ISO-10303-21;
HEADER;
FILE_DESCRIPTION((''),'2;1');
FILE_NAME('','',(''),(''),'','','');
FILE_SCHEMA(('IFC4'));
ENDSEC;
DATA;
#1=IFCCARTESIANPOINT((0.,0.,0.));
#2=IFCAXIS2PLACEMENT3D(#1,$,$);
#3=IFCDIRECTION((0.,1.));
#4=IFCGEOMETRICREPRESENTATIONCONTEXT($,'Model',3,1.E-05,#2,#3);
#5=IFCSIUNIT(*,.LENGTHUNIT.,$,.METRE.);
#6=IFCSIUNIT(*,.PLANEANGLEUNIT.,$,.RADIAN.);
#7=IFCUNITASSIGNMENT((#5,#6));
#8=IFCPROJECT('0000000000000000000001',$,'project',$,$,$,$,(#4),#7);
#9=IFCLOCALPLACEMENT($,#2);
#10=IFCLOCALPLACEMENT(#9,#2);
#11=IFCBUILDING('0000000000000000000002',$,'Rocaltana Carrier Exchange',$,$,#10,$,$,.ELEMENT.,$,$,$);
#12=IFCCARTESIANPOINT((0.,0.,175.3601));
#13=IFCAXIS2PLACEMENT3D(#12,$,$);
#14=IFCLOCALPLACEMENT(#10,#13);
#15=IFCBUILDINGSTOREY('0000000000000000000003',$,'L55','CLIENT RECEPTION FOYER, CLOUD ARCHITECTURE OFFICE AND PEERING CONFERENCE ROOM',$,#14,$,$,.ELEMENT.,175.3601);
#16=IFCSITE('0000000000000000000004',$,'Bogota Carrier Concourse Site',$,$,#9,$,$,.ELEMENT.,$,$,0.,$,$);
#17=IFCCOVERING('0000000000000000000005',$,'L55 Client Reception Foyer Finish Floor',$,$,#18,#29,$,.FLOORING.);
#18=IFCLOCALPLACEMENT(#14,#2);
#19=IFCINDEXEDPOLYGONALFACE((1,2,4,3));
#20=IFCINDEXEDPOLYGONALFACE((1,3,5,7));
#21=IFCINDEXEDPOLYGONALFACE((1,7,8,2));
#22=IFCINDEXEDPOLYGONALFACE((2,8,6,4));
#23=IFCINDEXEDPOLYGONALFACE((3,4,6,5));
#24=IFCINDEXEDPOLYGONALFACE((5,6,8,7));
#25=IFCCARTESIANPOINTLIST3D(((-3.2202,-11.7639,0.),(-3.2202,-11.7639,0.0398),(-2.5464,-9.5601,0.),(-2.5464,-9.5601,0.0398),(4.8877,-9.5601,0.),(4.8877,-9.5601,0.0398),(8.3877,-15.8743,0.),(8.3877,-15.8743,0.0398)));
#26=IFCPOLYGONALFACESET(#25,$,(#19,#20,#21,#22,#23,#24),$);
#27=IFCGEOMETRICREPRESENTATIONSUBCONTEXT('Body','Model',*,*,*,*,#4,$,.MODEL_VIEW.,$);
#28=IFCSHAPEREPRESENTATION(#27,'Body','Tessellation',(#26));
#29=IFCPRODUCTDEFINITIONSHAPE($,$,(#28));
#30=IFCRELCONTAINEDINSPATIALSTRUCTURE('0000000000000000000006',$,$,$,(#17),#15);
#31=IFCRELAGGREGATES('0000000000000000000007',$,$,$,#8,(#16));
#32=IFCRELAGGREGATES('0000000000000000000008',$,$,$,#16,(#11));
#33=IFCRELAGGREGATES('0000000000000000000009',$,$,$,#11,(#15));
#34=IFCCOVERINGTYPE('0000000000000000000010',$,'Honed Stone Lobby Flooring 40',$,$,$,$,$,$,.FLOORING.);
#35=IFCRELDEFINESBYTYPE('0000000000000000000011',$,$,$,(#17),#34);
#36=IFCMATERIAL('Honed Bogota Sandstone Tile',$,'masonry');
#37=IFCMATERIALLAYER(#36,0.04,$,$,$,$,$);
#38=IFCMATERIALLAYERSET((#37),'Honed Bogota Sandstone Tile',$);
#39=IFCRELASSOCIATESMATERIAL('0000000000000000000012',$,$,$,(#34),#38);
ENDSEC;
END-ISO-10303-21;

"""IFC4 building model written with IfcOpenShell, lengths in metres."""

from ifc_helpers import new_model, si_unit, direction, frame, origin, place, context, subcontext, project, spatial, polyline, outline, extrude, material, layer, layer_set, type_object, element, save


model = new_model("IFC4")

# Units and contexts
model_context = context("Model", 3, precision=1e-05, world=origin(), true_north=direction((0.0, 1.0)))
body_context = subcontext(model_context, "Body", "Model", "MODEL_VIEW")
ifc_project = project(units=[si_unit("LENGTHUNIT", "METRE"), si_unit("PLANEANGLEUNIT", "RADIAN")], contexts=[model_context])

# Site, building, storey
site_placement = place(None, origin())
site = spatial("IfcSite", under=ifc_project, at=site_placement, Name="Bogota Carrier Concourse Site", CompositionType="ELEMENT", RefElevation=0.0)
building_placement = place(site_placement, origin())
building = spatial("IfcBuilding", under=site, at=building_placement, Name="Rocaltana Carrier Exchange", CompositionType="ELEMENT")
storey_placement = place(building_placement, frame((0.0, 0.0, 175.3601)))
storey = spatial("IfcBuildingStorey", under=building, at=storey_placement, Name="L55", Description="CLIENT RECEPTION FOYER, CLOUD ARCHITECTURE OFFICE AND PEERING CONFERENCE ROOM", CompositionType="ELEMENT", Elevation=175.3601)

# Covering
ifc_material_1 = material(Name="Honed Bogota Sandstone Tile", Category="masonry")
ifc_layer_1 = layer(ifc_material_1, 0.04)
ifc_layer_set_1 = layer_set([ifc_layer_1], Name="Honed Bogota Sandstone Tile")
covering_type_1 = type_object("IfcCoveringType", Name="Honed Stone Lobby Flooring 40", PredefinedType="FLOORING", material=ifc_layer_set_1)
covering_1_placement = place(storey_placement, origin())
element("IfcCovering", 1, at=covering_1_placement, inside=storey, type_object=covering_type_1, Name="L55 Client Reception Foyer Finish Floor", PredefinedType="FLOORING", context=body_context, shape_type="SweptSolid", body=[
    extrude(outline(polyline([(-3.2202, -11.7639), (-2.5464, -9.5601), (4.8877, -9.5601), (8.3877, -15.8743), (-3.2202, -11.7639)])), origin(), (0.0, 0.0, 1.0), 0.0398),
])

save(model, "model.ifc")
